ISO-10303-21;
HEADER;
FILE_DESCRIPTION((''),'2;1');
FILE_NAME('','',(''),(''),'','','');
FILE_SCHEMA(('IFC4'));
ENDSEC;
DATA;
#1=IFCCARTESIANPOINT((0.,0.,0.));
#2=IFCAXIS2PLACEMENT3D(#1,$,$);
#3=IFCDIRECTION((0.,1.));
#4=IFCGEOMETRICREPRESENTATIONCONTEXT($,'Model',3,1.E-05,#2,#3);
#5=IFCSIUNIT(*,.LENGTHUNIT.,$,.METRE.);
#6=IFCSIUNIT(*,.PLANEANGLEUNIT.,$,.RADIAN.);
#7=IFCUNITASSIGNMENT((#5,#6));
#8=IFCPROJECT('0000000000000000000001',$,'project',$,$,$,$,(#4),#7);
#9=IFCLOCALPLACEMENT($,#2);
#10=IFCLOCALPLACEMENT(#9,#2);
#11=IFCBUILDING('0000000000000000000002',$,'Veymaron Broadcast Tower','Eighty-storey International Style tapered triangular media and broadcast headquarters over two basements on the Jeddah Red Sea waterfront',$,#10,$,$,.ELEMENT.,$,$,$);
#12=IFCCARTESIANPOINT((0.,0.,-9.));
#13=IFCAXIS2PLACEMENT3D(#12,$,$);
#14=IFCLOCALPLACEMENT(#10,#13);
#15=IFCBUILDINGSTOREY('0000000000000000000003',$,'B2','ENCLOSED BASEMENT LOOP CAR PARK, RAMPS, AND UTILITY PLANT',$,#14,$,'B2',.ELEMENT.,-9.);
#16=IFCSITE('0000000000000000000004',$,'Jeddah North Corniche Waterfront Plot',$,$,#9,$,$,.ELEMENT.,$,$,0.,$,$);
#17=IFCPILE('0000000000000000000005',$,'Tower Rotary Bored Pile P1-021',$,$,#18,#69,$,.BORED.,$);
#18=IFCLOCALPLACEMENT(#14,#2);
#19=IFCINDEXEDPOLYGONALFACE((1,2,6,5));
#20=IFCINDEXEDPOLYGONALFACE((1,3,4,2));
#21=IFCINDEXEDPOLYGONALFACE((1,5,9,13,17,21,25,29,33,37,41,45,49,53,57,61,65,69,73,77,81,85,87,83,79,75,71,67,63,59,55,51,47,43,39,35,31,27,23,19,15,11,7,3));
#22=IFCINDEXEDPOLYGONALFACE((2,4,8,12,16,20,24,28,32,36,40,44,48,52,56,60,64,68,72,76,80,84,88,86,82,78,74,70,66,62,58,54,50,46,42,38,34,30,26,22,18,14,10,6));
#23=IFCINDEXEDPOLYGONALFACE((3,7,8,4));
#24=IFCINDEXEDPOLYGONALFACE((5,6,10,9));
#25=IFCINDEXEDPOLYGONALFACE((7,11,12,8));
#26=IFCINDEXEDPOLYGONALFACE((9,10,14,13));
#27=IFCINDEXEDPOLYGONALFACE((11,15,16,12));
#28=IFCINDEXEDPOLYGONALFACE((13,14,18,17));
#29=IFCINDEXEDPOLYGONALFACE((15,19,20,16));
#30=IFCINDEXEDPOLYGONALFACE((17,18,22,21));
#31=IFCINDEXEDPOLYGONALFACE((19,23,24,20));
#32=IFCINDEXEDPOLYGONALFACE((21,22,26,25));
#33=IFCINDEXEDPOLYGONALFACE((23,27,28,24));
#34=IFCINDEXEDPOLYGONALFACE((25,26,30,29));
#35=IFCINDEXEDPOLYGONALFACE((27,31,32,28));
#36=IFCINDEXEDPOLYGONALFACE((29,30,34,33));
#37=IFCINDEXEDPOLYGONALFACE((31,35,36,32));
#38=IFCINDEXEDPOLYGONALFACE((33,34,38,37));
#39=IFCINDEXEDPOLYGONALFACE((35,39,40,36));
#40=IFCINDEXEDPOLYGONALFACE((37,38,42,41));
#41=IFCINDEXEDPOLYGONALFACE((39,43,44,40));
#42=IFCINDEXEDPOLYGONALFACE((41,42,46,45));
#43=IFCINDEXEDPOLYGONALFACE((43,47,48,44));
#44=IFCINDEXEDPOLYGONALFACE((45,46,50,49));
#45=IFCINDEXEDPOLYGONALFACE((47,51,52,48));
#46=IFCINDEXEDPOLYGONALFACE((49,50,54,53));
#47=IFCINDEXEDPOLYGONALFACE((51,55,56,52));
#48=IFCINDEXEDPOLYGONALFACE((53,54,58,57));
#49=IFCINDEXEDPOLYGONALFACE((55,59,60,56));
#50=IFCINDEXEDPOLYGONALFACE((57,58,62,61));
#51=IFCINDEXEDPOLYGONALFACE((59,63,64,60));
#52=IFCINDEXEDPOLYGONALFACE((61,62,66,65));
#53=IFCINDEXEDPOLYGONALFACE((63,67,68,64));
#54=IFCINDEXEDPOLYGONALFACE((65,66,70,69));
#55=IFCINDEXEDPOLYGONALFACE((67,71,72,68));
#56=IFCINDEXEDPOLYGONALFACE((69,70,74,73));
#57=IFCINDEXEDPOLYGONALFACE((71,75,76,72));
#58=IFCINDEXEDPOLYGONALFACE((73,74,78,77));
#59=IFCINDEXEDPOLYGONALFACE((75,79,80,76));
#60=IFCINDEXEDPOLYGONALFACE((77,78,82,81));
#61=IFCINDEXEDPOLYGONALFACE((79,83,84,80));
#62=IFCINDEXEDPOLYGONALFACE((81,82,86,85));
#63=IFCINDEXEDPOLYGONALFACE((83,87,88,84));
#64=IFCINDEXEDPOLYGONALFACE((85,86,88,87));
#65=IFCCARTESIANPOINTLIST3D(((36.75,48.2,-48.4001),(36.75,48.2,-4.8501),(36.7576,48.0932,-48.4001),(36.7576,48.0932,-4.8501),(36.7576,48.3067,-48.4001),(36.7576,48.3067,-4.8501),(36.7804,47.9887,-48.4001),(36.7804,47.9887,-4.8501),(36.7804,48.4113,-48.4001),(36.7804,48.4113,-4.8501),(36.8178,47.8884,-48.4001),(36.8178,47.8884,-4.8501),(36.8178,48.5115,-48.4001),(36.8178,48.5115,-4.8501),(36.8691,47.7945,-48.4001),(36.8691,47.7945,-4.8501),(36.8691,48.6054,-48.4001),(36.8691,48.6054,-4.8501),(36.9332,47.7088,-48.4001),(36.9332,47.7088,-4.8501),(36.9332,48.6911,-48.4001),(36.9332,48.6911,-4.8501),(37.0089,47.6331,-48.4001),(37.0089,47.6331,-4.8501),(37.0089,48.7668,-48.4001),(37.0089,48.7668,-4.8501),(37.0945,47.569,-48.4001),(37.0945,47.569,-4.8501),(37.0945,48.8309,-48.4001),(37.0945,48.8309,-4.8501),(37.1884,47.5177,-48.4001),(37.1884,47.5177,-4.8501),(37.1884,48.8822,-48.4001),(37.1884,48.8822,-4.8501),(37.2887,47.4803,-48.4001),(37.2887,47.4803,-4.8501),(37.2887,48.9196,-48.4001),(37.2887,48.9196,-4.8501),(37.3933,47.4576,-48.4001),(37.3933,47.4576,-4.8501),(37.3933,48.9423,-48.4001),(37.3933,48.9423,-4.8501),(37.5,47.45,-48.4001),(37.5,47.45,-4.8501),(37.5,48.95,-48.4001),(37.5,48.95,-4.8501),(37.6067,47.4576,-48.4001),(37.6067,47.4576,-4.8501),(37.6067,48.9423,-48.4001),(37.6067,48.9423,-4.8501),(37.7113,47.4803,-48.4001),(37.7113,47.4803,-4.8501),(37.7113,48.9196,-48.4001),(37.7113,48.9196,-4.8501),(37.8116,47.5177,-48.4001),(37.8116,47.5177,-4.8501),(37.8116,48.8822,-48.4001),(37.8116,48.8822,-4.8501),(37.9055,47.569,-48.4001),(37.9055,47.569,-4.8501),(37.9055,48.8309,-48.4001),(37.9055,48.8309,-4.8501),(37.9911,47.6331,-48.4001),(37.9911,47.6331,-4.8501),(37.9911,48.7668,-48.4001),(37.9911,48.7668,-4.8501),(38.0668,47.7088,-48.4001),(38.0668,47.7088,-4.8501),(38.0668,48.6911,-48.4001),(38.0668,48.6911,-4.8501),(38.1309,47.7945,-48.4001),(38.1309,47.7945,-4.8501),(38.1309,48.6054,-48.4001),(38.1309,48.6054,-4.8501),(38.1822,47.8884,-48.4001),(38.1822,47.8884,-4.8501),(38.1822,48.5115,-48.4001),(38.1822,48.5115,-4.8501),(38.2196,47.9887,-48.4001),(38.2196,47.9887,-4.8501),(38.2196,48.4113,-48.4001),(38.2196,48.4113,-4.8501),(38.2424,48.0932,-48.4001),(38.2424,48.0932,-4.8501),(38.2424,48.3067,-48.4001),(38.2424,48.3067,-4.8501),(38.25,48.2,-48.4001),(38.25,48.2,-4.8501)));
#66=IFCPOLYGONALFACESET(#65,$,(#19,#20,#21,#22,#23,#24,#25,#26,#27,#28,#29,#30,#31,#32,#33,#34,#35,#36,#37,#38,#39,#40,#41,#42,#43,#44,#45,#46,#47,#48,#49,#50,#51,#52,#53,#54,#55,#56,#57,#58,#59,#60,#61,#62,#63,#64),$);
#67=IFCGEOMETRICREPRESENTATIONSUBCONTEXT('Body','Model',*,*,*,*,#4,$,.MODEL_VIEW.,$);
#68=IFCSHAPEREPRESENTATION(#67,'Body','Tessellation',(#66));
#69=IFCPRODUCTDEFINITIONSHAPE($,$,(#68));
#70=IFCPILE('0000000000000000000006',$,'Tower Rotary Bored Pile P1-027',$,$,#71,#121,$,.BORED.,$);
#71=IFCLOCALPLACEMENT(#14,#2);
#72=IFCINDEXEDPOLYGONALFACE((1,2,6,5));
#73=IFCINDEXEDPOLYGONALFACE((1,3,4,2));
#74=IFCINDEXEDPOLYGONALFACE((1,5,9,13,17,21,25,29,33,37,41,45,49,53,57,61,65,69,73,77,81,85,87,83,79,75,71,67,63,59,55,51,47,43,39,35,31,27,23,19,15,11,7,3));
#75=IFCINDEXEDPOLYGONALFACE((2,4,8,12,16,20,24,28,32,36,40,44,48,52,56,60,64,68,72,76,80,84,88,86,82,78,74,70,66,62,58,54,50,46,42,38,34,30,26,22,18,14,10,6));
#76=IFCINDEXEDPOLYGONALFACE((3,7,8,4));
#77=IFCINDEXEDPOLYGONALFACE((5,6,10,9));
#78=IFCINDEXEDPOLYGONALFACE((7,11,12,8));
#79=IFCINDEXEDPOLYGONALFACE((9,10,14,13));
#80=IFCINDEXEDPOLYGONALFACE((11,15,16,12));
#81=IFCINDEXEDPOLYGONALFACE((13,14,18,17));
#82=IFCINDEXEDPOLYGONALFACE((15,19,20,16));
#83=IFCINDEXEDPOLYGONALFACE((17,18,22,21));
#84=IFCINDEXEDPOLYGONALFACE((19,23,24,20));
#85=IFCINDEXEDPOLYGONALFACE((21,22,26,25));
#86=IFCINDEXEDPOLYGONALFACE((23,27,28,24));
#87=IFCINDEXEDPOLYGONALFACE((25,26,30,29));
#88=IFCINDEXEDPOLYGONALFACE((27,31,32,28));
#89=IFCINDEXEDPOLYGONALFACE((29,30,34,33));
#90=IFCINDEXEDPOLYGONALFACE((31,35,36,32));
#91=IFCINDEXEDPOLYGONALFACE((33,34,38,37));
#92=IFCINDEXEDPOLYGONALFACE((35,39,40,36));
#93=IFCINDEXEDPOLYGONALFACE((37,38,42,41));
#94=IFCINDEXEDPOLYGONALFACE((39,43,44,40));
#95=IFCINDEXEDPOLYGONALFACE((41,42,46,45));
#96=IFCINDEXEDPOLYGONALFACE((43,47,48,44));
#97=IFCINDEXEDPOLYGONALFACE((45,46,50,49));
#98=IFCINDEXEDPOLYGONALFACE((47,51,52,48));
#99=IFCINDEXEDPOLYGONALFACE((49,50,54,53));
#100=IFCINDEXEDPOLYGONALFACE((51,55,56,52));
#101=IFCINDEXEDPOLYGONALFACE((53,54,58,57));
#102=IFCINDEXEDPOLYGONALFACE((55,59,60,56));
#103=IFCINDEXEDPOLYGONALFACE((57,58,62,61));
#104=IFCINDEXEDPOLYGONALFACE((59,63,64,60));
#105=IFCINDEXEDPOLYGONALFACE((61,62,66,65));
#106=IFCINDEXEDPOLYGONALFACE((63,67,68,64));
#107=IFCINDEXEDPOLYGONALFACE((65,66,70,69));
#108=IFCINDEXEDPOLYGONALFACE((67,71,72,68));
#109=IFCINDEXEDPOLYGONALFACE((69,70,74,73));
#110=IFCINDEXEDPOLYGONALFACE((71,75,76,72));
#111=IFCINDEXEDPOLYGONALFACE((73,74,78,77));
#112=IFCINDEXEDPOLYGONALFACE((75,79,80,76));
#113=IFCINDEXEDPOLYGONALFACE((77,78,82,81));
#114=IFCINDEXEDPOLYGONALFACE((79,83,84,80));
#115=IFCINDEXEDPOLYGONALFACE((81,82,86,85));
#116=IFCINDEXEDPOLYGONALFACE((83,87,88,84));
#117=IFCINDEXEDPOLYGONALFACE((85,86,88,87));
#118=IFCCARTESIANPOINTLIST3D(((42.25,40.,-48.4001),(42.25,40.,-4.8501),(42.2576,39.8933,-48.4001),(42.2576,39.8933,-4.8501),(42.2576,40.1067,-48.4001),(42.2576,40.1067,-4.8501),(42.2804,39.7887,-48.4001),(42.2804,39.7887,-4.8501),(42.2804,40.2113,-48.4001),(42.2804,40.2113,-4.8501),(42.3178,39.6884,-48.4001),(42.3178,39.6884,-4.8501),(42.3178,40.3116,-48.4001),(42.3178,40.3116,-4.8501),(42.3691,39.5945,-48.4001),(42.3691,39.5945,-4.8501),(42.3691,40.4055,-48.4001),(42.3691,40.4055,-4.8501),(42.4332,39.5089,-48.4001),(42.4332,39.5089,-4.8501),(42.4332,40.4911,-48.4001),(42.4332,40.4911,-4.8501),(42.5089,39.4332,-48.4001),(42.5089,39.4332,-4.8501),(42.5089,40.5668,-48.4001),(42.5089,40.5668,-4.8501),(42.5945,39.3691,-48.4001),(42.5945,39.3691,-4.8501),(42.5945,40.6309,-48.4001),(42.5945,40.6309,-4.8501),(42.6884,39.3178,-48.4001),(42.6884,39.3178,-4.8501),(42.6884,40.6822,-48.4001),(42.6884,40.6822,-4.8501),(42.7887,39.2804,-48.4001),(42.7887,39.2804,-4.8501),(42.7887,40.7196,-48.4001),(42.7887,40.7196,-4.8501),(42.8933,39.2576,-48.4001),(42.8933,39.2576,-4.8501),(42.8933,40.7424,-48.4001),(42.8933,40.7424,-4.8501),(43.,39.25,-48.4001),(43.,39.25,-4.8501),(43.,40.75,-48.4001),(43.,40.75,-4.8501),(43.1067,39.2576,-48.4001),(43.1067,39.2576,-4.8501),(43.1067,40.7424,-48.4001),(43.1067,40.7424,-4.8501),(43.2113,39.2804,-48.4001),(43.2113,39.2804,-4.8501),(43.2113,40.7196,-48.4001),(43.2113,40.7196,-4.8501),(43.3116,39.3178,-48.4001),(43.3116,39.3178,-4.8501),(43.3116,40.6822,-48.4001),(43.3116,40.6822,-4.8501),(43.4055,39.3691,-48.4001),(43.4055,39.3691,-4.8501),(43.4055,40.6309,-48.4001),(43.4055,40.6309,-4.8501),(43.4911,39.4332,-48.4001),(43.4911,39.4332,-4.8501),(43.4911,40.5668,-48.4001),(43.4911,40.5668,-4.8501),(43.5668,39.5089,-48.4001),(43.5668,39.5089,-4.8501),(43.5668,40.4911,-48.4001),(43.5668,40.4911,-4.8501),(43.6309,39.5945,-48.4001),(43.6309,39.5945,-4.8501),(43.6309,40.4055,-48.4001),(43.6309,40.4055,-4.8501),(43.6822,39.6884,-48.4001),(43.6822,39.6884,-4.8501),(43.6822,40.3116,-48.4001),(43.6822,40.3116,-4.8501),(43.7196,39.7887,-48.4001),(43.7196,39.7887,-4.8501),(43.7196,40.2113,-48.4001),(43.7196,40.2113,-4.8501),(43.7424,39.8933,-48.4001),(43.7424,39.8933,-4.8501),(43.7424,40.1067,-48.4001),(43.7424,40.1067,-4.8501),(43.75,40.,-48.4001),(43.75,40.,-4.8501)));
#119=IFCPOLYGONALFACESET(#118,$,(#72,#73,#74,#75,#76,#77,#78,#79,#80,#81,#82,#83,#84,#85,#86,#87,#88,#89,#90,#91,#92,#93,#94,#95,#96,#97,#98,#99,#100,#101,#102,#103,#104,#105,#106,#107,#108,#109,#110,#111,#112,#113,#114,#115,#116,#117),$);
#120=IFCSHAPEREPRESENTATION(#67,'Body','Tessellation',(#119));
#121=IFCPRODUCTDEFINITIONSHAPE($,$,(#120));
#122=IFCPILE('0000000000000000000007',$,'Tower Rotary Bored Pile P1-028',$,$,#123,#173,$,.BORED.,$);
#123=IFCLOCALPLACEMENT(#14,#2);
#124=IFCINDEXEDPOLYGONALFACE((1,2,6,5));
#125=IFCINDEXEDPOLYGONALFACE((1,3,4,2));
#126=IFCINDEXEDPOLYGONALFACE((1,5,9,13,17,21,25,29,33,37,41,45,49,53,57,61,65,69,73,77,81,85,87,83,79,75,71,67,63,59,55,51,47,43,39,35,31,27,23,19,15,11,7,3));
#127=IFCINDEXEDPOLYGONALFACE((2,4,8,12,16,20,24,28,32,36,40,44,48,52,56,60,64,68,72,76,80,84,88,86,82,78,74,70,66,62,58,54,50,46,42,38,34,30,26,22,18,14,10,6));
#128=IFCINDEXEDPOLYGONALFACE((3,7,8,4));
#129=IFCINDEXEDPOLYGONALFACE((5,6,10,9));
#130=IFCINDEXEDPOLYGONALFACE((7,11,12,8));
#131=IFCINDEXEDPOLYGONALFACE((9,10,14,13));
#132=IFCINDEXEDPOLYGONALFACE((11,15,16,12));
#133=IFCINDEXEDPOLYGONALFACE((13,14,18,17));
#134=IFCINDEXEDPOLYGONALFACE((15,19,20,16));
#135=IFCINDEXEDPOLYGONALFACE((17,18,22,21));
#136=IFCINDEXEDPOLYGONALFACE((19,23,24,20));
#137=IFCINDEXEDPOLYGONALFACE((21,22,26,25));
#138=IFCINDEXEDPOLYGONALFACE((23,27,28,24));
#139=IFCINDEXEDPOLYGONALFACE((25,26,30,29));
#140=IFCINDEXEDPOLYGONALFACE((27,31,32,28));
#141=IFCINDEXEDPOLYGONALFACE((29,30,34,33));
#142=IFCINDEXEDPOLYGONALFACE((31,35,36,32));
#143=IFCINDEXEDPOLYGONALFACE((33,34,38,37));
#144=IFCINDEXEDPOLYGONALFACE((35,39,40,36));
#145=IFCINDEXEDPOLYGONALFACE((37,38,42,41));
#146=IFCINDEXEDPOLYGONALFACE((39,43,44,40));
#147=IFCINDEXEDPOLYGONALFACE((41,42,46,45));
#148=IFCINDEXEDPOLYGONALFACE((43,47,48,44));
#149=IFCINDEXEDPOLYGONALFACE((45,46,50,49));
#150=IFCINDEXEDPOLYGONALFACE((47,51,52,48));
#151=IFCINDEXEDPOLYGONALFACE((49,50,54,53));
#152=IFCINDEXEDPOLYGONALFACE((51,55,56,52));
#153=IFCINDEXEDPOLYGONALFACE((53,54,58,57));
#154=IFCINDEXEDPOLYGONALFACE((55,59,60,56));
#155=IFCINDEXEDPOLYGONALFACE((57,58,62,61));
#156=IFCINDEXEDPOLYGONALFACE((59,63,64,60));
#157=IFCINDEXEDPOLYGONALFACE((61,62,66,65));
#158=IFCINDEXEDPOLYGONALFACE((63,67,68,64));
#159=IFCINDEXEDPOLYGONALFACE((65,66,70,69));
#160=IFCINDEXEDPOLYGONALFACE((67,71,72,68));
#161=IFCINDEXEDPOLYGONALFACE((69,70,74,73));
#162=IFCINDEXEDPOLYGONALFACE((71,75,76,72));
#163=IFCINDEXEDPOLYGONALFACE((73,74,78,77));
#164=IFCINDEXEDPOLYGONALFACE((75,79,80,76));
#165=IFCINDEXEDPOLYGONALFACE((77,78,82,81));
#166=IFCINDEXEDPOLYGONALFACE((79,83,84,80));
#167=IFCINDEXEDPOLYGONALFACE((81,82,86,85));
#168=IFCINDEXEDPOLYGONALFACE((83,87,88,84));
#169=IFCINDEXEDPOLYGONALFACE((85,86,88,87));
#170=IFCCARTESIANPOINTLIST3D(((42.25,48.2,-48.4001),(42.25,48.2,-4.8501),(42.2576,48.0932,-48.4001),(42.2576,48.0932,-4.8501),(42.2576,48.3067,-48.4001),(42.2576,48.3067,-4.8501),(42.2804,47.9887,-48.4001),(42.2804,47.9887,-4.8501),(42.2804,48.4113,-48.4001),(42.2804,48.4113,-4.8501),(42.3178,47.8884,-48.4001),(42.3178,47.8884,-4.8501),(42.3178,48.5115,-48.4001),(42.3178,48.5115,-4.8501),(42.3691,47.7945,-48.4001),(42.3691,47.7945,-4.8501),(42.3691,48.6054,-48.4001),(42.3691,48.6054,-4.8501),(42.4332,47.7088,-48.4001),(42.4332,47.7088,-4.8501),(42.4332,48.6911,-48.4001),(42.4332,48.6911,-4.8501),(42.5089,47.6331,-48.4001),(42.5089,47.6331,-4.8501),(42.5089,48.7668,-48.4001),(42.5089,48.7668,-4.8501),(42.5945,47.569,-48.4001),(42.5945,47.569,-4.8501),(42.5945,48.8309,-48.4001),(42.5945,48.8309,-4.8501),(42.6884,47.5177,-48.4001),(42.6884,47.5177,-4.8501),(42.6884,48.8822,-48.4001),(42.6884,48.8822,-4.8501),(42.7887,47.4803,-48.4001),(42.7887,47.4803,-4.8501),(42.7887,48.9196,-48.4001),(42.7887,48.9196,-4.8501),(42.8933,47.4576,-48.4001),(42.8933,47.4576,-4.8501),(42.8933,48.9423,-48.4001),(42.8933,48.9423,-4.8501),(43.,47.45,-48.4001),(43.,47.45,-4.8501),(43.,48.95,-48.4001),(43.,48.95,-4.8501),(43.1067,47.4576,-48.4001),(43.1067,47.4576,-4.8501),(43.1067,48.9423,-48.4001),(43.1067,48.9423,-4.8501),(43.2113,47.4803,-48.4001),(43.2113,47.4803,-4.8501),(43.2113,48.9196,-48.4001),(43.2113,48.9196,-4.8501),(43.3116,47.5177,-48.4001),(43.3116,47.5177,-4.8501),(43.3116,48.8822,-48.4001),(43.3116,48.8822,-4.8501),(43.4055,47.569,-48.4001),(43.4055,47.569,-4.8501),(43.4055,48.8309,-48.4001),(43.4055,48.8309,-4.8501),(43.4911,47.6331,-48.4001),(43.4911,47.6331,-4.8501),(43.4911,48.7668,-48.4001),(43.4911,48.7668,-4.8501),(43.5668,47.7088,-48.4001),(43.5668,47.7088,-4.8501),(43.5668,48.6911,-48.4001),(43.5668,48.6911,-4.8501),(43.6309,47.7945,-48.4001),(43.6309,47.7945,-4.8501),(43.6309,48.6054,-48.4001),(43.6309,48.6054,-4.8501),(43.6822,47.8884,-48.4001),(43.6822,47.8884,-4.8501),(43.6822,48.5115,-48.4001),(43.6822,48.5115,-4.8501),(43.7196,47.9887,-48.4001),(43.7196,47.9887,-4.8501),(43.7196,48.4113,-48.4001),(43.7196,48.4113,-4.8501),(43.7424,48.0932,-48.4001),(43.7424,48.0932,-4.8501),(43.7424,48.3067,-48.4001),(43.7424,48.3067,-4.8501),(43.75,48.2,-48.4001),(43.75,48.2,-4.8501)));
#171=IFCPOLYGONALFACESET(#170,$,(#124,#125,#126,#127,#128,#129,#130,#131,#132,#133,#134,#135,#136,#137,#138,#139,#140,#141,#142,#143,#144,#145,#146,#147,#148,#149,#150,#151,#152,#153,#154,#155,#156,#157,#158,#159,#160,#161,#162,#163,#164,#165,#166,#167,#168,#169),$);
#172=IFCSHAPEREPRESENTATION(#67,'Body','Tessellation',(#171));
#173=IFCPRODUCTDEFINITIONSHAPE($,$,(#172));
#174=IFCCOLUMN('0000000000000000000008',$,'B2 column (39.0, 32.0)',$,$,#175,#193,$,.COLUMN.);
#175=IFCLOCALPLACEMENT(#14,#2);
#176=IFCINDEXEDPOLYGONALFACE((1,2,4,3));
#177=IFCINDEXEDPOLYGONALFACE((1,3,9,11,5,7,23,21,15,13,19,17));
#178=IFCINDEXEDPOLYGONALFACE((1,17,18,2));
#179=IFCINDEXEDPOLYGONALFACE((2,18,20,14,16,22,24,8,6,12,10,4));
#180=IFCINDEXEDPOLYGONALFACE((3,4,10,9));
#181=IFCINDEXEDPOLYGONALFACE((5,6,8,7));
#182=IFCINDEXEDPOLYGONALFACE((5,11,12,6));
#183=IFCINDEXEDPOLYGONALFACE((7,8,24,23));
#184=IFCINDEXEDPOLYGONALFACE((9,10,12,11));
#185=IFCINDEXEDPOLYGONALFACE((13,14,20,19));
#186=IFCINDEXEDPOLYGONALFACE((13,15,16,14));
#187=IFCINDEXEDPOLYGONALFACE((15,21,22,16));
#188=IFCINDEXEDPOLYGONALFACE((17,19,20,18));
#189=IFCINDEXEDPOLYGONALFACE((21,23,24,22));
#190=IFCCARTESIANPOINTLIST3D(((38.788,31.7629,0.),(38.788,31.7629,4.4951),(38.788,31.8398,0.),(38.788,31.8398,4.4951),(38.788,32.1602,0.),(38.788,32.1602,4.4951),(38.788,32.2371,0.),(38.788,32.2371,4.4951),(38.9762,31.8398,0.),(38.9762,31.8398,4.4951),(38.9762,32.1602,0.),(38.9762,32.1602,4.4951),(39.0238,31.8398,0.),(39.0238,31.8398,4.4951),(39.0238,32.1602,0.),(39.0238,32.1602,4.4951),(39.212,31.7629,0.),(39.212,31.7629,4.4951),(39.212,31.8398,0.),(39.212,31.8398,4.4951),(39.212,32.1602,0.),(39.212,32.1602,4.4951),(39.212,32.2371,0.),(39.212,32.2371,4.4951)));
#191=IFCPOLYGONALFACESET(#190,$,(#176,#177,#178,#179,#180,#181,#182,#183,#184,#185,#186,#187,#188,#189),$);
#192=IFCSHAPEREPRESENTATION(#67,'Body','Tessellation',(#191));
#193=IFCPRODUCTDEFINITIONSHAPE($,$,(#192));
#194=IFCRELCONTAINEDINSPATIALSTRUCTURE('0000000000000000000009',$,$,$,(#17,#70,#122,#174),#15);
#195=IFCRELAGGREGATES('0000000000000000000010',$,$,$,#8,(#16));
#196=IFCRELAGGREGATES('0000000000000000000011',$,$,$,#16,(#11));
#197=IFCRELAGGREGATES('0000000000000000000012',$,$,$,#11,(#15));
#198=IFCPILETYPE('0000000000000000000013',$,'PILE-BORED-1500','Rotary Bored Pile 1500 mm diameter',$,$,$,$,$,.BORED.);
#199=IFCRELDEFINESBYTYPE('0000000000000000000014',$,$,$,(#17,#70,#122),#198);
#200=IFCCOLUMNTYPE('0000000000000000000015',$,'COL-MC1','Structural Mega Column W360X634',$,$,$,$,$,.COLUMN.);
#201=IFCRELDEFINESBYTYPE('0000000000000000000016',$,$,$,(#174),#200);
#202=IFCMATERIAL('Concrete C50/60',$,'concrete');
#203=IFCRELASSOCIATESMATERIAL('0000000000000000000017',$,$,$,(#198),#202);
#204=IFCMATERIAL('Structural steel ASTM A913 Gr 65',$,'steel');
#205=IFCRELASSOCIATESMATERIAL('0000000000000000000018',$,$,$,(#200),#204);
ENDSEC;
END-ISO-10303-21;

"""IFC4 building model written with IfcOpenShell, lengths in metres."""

from ifc_helpers import new_model, si_unit, direction, frame, origin, origin_2d, place, context, subcontext, project, spatial, circle, i_section, extrude, material, material_profile, profile_set, type_object, element, save


model = new_model("IFC4")

# Units and contexts
model_context = context("Model", 3, precision=1e-05, world=origin(), true_north=direction((0.0, 1.0)))
body_context = subcontext(model_context, "Body", "Model", "MODEL_VIEW")
ifc_project = project(units=[si_unit("LENGTHUNIT", "METRE"), si_unit("PLANEANGLEUNIT", "RADIAN")], contexts=[model_context])

# Site, building, storey
site_placement = place(None, origin())
site = spatial("IfcSite", under=ifc_project, at=site_placement, Name="Jeddah North Corniche Waterfront Plot", CompositionType="ELEMENT", RefElevation=0.0)
building_placement = place(site_placement, origin())
building = spatial("IfcBuilding", under=site, at=building_placement, Name="Veymaron Broadcast Tower", Description="Eighty-storey International Style tapered triangular media and broadcast headquarters over two basements on the Jeddah Red Sea waterfront", CompositionType="ELEMENT")
storey_placement = place(building_placement, frame((0.0, 0.0, -9.0)))
storey = spatial("IfcBuildingStorey", under=building, at=storey_placement, Name="B2", Description="ENCLOSED BASEMENT LOOP CAR PARK, RAMPS, AND UTILITY PLANT", LongName="B2", CompositionType="ELEMENT", Elevation=-9.0)

# Piles
ifc_material_1 = material(Name="Concrete C50/60", Category="concrete")
ifc_material_profile_1 = material_profile(ifc_material_1, circle(Radius=0.75, at=origin_2d()), Name="PILE1500")
ifc_profile_set_1 = profile_set([ifc_material_profile_1], Name="Concrete C50/60")
pile_type = type_object("IfcPileType", Name="PILE-BORED-1500", Description="Rotary Bored Pile 1500 mm diameter", PredefinedType="BORED", material=ifc_profile_set_1)
for number, where, z_axis, x_axis, name in (
    (1, (37.5, 48.2, -4.8501), (0.0, 0.0, -1.0), (1.0, 0.0, 0.0), "Tower Rotary Bored Pile P1-021"),
    (2, (43.0, 40.0, -4.8501), (0.0, 0.0, -1.0), (1.0, 0.0, 0.0), "Tower Rotary Bored Pile P1-027"),
    (3, (43.0, 48.2, -4.8501), (0.0, 0.0, -1.0), (1.0, 0.0, 0.0), "Tower Rotary Bored Pile P1-028"),
):
    element("IfcPile", number, at=place(storey_placement, frame(where, z_axis=z_axis, x_axis=x_axis)), inside=storey, type_object=pile_type, Name=name, PredefinedType="BORED", context=body_context, shape_type="SweptSolid", body=[
        extrude(circle(Radius=0.75, at=origin_2d()), origin(), (0.0, 0.0, 1.0), 43.55),
    ])

# Column
ifc_material_2 = material(Name="Structural steel ASTM A913 Gr 65", Category="steel")
ifc_material_profile_2 = material_profile(ifc_material_2, i_section(OverallWidth=0.4241, OverallDepth=0.4741, WebThickness=0.0476, FlangeThickness=0.0769, at=origin_2d()), Name="W360X634")
ifc_profile_set_2 = profile_set([ifc_material_profile_2], Name="Structural steel ASTM A913 Gr 65")
column_type_1 = type_object("IfcColumnType", Name="COL-MC1", Description="Structural Mega Column W360X634", PredefinedType="COLUMN", material=ifc_profile_set_2)
for number, where, z_axis, x_axis, name in (
    (4, (39.0, 32.0, 0.0), (0.0, 0.0, 1.0), (1.0, 0.0, 0.0), "B2 column (39.0, 32.0)"),
):
    element("IfcColumn", number, at=place(storey_placement, frame(where, z_axis=z_axis, x_axis=x_axis)), inside=storey, type_object=column_type_1, Name=name, PredefinedType="COLUMN", context=body_context, shape_type="SweptSolid", body=[
        extrude(i_section(OverallWidth=0.4241, OverallDepth=0.4741, WebThickness=0.0476, FlangeThickness=0.0769, at=origin_2d()), origin(), (0.0, 0.0, 1.0), 4.4951),
    ])

save(model, "model.ifc")
